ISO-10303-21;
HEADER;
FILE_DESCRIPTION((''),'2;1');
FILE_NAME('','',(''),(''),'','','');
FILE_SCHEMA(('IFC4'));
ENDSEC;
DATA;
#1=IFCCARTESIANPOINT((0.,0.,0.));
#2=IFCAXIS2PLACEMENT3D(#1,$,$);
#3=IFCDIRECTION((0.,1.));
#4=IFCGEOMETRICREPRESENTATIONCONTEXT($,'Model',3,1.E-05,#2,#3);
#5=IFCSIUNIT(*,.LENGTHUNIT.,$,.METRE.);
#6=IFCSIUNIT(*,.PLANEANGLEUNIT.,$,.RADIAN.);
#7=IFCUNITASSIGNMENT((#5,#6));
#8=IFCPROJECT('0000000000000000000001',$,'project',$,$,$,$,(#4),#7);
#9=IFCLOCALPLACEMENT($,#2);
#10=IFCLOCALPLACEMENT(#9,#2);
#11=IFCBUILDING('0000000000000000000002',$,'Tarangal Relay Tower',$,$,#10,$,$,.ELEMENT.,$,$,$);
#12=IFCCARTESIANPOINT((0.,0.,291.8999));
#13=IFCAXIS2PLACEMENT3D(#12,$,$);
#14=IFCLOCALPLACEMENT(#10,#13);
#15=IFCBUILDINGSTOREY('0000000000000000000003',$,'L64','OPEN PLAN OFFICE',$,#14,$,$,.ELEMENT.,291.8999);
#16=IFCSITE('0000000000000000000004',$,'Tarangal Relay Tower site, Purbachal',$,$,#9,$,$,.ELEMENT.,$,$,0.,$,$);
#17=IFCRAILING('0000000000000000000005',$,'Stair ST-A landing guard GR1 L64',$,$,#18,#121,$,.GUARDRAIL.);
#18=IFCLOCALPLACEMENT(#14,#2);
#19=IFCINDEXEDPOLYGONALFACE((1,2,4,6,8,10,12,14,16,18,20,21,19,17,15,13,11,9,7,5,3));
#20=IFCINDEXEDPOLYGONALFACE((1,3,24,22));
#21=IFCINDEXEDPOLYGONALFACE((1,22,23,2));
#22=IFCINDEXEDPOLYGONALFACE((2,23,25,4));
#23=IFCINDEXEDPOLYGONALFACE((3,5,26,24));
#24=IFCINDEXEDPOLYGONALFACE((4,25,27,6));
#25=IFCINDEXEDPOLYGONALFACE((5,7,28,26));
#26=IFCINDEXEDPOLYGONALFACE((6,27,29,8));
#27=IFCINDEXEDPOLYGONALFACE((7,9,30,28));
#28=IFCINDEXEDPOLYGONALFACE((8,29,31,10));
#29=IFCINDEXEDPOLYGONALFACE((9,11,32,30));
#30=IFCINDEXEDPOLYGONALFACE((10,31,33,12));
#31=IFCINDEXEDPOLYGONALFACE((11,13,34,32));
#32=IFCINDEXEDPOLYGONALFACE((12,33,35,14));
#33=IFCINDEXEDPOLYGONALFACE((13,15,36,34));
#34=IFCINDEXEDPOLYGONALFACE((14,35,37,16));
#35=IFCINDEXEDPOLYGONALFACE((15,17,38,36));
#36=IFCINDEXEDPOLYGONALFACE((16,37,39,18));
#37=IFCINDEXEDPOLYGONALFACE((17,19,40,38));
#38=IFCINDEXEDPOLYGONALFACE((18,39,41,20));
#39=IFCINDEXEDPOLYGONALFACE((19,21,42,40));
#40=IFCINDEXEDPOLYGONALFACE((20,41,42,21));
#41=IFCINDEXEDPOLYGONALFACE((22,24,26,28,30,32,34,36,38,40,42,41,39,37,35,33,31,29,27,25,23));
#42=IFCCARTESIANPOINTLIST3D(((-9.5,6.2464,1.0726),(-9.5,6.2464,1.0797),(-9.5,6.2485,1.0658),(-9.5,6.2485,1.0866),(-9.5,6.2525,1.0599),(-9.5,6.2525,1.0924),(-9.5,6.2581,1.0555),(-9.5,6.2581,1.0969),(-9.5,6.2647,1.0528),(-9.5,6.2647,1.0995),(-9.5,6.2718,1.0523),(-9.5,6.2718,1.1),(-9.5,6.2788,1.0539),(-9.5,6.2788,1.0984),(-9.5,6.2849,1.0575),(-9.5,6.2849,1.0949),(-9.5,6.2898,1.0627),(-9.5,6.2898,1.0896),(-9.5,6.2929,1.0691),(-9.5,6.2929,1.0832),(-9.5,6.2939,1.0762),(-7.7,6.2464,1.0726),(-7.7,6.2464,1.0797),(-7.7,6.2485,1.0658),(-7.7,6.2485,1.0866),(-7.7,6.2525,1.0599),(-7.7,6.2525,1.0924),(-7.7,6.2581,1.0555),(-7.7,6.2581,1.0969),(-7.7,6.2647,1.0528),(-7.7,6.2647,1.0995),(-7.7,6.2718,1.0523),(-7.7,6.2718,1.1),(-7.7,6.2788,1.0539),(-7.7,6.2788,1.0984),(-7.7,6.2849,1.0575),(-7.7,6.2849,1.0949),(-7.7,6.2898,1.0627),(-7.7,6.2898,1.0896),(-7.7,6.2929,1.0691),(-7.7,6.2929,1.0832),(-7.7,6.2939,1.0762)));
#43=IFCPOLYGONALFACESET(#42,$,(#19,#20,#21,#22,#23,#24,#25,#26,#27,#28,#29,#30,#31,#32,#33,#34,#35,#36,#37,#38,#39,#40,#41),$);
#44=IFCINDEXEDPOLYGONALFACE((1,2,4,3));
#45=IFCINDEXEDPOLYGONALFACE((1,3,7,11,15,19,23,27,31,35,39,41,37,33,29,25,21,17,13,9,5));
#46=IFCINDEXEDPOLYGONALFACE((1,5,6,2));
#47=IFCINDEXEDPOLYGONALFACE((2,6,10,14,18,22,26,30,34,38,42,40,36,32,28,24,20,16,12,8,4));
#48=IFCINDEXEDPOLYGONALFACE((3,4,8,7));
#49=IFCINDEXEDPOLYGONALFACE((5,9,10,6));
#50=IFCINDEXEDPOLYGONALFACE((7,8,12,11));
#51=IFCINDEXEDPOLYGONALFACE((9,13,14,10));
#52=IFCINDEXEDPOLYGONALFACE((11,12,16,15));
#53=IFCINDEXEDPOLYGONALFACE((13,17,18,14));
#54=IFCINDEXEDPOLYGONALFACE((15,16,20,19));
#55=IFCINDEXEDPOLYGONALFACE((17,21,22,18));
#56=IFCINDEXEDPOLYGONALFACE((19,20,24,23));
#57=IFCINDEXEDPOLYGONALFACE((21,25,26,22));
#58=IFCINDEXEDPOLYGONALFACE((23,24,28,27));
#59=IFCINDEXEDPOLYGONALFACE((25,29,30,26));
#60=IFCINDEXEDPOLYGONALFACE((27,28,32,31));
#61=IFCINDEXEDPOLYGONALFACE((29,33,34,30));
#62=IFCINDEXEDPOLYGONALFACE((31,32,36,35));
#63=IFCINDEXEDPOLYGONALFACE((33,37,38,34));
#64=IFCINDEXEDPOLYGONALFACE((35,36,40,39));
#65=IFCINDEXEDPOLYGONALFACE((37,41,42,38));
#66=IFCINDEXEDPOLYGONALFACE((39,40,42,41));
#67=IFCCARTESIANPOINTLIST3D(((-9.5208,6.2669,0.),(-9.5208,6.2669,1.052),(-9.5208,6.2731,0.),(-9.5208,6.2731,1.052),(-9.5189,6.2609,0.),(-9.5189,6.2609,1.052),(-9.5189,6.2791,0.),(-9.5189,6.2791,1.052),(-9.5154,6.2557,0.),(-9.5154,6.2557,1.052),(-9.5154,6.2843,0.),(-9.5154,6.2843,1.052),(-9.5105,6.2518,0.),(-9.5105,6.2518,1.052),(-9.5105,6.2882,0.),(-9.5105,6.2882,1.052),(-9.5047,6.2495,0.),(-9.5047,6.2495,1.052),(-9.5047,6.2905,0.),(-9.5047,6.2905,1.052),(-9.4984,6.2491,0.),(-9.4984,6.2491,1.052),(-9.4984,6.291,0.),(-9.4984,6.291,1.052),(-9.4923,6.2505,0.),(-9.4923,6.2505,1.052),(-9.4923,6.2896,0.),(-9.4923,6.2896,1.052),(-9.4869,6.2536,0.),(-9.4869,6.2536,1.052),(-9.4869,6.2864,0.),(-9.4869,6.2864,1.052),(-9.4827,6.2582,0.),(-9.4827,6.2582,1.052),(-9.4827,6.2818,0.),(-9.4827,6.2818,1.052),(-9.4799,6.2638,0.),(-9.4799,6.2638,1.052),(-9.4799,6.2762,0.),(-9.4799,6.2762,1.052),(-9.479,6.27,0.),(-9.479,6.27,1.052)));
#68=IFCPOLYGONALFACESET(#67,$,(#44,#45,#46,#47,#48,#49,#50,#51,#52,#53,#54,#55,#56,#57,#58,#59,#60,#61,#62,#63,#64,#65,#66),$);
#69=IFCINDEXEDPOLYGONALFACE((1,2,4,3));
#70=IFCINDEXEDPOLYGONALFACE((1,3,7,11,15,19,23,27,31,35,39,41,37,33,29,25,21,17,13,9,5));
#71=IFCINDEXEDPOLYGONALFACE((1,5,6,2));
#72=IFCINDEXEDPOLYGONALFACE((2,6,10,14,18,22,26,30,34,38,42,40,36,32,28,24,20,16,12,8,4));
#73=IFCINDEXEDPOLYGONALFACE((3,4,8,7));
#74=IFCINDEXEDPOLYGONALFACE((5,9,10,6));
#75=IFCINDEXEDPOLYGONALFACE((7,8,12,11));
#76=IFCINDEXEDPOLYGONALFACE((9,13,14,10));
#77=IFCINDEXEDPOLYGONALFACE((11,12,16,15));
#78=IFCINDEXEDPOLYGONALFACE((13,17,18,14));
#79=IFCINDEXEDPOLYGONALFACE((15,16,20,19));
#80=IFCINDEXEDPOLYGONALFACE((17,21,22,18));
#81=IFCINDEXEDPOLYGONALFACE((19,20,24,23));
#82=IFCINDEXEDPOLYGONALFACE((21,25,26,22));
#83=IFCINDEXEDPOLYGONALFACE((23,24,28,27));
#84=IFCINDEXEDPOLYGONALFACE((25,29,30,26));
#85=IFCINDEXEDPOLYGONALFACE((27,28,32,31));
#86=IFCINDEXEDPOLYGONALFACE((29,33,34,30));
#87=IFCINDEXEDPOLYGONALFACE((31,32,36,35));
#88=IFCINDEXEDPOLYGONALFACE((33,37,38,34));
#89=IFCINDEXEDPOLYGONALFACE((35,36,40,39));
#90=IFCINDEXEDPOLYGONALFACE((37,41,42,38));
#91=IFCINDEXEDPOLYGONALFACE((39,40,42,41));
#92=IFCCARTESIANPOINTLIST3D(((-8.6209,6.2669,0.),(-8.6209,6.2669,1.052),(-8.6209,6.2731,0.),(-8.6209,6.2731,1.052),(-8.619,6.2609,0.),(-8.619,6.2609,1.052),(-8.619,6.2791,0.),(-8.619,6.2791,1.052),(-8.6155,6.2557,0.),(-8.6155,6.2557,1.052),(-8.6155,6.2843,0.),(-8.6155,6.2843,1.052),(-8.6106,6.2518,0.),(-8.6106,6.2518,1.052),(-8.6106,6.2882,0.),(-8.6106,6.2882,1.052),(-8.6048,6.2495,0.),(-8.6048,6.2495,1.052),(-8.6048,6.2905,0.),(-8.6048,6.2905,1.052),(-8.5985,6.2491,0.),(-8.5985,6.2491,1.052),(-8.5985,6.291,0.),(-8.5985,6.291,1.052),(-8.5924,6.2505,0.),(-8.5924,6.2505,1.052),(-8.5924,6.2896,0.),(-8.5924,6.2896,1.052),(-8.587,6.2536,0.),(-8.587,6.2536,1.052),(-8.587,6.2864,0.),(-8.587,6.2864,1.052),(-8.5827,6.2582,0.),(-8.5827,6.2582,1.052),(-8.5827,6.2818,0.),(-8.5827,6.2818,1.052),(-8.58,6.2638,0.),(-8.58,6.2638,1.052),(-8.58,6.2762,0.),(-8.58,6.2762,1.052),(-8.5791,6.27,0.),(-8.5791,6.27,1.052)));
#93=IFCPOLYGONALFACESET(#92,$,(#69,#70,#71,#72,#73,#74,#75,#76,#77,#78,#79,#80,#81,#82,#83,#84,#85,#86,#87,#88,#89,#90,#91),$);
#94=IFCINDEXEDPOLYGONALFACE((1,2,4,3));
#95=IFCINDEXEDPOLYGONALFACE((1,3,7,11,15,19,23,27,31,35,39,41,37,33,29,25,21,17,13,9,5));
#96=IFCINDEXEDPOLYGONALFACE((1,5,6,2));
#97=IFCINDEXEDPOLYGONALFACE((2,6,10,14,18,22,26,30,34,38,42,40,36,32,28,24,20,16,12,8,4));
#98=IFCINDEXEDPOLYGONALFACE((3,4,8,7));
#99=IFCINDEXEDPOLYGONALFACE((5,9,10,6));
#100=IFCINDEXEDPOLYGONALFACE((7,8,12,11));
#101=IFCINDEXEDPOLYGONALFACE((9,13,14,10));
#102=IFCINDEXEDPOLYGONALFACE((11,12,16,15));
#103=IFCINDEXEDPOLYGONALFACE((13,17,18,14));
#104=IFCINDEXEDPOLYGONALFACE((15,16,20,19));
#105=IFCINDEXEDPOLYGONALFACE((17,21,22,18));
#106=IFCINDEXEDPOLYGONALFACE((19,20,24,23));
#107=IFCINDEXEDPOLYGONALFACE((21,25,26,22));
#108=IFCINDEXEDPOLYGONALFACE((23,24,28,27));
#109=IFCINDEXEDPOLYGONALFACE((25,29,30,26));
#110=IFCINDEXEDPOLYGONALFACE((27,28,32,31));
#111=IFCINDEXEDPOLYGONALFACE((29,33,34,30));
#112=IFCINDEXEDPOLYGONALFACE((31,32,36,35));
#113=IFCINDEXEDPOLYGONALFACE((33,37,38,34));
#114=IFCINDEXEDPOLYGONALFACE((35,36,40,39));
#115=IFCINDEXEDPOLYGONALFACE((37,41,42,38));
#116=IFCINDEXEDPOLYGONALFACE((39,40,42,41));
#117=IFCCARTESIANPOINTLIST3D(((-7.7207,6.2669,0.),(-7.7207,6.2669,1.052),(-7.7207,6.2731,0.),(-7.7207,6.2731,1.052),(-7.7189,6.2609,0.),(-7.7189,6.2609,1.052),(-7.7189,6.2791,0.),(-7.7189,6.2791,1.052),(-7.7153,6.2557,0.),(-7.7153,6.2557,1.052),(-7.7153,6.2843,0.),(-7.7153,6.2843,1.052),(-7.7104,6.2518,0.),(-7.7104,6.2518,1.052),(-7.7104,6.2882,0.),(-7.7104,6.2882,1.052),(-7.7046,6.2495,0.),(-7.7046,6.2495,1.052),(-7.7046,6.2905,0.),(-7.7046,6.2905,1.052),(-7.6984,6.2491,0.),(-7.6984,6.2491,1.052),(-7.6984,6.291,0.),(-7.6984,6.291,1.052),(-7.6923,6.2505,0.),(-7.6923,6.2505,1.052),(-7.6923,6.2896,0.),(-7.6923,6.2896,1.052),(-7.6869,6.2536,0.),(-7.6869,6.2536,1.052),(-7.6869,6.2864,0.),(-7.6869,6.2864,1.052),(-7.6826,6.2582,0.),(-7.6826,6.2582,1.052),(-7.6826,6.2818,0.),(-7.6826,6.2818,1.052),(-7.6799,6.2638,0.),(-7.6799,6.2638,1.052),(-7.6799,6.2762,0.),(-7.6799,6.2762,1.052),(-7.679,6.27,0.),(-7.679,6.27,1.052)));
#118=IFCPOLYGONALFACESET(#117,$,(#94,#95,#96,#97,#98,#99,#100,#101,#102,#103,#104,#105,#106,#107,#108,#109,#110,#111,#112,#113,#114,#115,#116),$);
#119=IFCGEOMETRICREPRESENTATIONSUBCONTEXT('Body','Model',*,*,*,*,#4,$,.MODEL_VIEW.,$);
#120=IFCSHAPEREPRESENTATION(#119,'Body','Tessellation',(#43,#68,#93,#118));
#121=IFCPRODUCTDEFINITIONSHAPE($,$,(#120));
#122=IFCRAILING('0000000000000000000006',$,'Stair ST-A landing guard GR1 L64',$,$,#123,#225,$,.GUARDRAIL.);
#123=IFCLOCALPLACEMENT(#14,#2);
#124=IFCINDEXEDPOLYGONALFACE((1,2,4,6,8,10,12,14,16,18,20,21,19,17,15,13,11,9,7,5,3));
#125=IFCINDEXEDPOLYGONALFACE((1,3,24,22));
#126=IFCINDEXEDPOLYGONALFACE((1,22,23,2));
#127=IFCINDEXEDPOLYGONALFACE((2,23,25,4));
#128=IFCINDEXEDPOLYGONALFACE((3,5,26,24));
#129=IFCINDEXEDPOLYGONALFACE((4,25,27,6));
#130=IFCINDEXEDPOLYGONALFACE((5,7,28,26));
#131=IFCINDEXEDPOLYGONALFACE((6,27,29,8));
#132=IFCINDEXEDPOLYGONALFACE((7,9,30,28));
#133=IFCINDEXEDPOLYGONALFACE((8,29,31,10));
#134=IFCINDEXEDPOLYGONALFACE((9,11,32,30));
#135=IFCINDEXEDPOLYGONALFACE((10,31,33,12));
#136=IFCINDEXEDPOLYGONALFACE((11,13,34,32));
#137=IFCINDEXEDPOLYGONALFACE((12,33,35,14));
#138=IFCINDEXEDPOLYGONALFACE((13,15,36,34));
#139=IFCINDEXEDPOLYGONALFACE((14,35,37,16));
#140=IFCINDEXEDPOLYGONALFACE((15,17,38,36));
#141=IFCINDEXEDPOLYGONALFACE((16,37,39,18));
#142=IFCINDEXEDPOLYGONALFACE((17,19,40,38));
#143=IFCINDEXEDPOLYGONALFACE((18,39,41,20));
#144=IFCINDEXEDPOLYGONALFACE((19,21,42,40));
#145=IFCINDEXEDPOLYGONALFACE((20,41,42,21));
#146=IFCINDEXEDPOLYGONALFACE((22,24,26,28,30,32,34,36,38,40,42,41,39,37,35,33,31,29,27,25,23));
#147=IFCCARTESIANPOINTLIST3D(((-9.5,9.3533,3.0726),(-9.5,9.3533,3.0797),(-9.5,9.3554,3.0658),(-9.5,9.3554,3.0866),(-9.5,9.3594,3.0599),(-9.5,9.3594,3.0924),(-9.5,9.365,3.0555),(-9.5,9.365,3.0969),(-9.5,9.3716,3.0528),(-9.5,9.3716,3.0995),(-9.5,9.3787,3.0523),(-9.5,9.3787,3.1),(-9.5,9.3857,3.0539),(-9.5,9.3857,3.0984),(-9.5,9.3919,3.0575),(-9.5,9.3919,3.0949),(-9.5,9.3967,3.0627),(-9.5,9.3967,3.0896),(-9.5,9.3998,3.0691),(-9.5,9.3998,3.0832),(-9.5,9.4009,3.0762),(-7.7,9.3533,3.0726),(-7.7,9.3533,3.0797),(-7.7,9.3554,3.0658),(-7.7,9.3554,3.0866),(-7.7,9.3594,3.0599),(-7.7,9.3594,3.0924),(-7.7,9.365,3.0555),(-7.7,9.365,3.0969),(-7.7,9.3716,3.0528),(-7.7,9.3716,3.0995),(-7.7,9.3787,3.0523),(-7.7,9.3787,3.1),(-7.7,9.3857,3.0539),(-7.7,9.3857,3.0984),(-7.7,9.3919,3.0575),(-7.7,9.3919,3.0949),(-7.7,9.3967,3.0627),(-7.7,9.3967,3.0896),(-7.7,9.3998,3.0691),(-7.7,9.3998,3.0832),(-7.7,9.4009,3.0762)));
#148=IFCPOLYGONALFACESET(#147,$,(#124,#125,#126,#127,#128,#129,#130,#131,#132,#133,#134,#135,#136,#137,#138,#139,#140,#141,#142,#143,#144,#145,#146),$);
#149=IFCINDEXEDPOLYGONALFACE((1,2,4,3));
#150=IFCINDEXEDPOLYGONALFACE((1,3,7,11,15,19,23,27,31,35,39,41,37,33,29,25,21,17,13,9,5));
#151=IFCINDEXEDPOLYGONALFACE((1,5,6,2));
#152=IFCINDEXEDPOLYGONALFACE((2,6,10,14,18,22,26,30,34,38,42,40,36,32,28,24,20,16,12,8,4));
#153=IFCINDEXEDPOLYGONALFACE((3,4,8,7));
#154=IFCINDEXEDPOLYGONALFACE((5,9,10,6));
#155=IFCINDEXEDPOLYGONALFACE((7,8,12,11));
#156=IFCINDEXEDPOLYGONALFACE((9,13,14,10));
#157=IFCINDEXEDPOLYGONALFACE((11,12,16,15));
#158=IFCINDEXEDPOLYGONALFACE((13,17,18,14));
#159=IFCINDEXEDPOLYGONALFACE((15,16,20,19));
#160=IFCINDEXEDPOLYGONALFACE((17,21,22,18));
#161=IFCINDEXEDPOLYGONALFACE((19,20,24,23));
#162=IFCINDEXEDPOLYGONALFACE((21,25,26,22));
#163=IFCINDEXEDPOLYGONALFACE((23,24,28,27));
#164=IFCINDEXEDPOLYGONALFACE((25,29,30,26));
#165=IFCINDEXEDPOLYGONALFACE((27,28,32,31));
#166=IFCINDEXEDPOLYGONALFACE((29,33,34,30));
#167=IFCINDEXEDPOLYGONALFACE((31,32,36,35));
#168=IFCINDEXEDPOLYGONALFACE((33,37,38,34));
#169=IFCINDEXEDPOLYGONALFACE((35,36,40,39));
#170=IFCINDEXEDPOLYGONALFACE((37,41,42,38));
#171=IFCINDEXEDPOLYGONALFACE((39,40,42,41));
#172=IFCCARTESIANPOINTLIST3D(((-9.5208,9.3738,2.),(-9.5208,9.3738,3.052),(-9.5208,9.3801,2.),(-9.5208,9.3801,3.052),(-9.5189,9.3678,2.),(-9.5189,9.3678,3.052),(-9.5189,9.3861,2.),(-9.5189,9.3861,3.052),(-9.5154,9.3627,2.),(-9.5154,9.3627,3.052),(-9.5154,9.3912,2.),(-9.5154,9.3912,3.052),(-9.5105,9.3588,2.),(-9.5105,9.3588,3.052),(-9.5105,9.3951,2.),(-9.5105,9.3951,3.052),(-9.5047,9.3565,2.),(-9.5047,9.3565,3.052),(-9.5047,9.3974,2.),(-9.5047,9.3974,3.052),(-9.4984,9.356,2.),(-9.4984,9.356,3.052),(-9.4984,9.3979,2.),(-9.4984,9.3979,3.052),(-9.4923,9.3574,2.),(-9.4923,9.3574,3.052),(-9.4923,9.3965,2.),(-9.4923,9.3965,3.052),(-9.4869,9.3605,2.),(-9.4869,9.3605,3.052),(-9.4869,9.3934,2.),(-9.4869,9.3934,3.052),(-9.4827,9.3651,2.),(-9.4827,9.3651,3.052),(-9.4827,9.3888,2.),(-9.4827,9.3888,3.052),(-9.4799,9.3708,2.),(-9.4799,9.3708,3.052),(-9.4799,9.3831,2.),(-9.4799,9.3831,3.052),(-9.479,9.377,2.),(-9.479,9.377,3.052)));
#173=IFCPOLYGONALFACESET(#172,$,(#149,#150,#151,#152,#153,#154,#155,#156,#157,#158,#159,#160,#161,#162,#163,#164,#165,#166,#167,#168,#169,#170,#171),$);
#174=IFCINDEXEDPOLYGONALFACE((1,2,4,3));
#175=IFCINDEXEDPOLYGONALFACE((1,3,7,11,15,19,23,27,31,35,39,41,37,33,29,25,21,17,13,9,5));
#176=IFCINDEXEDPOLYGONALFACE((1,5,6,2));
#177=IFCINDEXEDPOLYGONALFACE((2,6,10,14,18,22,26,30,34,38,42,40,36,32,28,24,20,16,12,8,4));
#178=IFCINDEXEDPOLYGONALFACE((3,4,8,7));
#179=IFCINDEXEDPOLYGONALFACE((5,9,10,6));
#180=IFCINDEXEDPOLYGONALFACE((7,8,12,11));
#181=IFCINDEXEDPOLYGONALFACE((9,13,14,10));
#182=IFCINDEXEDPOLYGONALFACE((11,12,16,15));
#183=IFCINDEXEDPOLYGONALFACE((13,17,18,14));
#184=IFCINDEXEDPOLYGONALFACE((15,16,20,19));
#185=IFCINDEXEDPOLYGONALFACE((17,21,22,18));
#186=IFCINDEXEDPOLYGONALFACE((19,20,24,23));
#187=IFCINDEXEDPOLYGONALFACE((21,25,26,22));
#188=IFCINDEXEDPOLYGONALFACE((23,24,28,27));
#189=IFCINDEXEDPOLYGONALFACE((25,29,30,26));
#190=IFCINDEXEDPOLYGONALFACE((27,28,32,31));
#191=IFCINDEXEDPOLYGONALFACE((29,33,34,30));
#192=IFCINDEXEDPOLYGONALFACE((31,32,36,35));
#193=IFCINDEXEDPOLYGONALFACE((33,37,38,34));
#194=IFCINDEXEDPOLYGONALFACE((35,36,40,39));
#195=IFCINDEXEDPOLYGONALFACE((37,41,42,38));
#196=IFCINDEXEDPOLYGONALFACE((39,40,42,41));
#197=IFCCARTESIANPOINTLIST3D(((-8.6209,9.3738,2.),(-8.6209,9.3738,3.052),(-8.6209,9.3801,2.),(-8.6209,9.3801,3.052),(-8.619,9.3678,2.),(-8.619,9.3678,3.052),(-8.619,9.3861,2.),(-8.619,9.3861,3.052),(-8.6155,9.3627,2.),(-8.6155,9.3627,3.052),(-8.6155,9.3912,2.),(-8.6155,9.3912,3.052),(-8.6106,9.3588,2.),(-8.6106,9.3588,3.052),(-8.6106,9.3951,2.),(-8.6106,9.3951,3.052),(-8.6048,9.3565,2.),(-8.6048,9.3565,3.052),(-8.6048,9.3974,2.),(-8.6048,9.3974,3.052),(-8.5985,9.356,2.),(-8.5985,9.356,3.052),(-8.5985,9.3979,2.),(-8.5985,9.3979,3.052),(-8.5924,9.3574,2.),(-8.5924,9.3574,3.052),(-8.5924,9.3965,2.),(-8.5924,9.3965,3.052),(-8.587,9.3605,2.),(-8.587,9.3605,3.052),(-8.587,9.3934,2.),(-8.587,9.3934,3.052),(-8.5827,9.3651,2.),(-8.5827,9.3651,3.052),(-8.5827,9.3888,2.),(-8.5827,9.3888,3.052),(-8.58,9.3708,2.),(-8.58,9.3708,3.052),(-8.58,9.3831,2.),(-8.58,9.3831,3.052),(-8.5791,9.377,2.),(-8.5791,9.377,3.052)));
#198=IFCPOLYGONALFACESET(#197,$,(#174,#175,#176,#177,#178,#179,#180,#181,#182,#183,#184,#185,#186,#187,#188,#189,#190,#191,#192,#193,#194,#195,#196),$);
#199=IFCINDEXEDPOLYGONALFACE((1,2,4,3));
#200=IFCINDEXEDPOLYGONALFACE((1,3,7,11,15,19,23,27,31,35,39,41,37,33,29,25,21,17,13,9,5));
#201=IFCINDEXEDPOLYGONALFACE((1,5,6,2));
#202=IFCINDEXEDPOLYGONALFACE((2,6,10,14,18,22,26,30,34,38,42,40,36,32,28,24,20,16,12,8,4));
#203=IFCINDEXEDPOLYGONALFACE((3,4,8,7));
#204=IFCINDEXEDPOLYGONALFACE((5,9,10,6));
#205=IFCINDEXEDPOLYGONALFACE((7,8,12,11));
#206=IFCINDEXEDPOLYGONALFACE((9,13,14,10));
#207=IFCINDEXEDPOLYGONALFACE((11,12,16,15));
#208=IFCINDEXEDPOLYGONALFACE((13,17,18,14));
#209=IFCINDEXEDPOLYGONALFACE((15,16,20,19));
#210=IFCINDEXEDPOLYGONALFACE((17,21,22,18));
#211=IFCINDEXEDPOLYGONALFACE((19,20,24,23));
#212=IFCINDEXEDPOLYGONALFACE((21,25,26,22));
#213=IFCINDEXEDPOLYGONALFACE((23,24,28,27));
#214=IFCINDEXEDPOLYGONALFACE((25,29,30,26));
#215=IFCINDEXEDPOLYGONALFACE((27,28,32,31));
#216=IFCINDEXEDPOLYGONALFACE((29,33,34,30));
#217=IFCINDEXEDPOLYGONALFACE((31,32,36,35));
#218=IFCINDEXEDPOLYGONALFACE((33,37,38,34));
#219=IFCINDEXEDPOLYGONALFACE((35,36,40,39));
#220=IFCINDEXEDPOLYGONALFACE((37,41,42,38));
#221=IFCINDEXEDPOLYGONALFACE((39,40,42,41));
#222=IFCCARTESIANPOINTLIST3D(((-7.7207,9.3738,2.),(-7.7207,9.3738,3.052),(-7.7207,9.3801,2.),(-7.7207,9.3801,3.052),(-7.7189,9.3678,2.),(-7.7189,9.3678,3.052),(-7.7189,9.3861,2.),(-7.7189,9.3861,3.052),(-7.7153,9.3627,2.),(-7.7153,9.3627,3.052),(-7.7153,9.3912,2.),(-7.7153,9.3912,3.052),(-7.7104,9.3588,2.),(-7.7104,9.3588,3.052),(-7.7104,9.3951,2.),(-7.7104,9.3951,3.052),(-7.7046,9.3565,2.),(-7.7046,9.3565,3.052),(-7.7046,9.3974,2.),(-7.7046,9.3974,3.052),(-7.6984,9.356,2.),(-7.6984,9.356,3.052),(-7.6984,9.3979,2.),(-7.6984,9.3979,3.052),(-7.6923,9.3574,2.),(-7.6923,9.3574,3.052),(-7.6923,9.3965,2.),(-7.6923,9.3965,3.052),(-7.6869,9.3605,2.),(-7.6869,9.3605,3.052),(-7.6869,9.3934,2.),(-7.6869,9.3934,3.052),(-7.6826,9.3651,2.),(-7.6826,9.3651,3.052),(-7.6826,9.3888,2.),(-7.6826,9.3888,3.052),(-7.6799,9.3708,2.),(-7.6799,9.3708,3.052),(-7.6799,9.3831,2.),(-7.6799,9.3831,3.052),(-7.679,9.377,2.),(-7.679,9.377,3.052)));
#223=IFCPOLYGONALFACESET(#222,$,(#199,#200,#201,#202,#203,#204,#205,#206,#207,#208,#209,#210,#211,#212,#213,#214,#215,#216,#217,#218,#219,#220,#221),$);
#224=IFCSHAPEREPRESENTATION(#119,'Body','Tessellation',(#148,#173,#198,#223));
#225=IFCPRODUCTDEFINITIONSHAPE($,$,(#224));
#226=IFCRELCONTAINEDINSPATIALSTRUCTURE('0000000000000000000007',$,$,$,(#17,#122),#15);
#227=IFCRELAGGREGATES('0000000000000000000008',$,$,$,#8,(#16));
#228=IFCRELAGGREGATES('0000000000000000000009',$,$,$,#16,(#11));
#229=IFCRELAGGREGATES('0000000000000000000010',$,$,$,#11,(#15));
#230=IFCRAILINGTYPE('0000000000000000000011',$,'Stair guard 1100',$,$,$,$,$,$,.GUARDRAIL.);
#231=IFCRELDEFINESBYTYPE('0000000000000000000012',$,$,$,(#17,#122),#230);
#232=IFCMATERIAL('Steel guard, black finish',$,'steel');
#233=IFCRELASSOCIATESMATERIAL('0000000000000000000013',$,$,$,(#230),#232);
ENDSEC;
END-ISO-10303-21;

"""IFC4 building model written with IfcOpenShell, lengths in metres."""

from ifc_helpers import new_model, si_unit, direction, frame, origin, origin_2d, place, context, subcontext, project, spatial, circle, extrude, material, type_object, element, save


model = new_model("IFC4")

# Units and contexts
model_context = context("Model", 3, precision=1e-05, world=origin(), true_north=direction((0.0, 1.0)))
body_context = subcontext(model_context, "Body", "Model", "MODEL_VIEW")
ifc_project = project(units=[si_unit("LENGTHUNIT", "METRE"), si_unit("PLANEANGLEUNIT", "RADIAN")], contexts=[model_context])

# Site, building, storey
site_placement = place(None, origin())
site = spatial("IfcSite", under=ifc_project, at=site_placement, Name="Tarangal Relay Tower site, Purbachal", CompositionType="ELEMENT", RefElevation=0.0)
building_placement = place(site_placement, origin())
building = spatial("IfcBuilding", under=site, at=building_placement, Name="Tarangal Relay Tower", CompositionType="ELEMENT")
storey_placement = place(building_placement, frame((0.0, 0.0, 291.8999)))
storey = spatial("IfcBuildingStorey", under=building, at=storey_placement, Name="L64", Description="OPEN PLAN OFFICE", CompositionType="ELEMENT", Elevation=291.8999)

# Railings
ifc_material_1 = material(Name="Steel guard, black finish", Category="steel")
railing_type_1 = type_object("IfcRailingType", Name="Stair guard 1100", PredefinedType="GUARDRAIL", material=ifc_material_1)
for number, where, name in (
    (1, (-9.5, 6.27, 0.0), "Stair ST-A landing guard GR1 L64"),
    (2, (-9.5, 9.377, 2.0), "Stair ST-A landing guard GR1 L64"),
):
    element("IfcRailing", number, at=place(storey_placement, frame(where)), inside=storey, type_object=railing_type_1, Name=name, PredefinedType="GUARDRAIL", context=body_context, shape_type="SweptSolid", body=[
        extrude(circle(Radius=0.0239, at=origin_2d()), frame((0.0, 0.0, 1.0762), z_axis=(1.0, 0.0, 0.0), x_axis=(0.0, 1.0, 0.0)), (0.0, 0.0, 1.0), 1.8),
        extrude(circle(Radius=0.021, at=origin_2d()), origin(), (0.0, 0.0, 1.0), 1.052),
        extrude(circle(Radius=0.021, at=origin_2d()), frame((0.8999, 0.0, 0.0)), (0.0, 0.0, 1.0), 1.052),
        extrude(circle(Radius=0.021, at=origin_2d()), frame((1.8, 0.0, 0.0)), (0.0, 0.0, 1.0), 1.052),
    ])

save(model, "model.ifc")
